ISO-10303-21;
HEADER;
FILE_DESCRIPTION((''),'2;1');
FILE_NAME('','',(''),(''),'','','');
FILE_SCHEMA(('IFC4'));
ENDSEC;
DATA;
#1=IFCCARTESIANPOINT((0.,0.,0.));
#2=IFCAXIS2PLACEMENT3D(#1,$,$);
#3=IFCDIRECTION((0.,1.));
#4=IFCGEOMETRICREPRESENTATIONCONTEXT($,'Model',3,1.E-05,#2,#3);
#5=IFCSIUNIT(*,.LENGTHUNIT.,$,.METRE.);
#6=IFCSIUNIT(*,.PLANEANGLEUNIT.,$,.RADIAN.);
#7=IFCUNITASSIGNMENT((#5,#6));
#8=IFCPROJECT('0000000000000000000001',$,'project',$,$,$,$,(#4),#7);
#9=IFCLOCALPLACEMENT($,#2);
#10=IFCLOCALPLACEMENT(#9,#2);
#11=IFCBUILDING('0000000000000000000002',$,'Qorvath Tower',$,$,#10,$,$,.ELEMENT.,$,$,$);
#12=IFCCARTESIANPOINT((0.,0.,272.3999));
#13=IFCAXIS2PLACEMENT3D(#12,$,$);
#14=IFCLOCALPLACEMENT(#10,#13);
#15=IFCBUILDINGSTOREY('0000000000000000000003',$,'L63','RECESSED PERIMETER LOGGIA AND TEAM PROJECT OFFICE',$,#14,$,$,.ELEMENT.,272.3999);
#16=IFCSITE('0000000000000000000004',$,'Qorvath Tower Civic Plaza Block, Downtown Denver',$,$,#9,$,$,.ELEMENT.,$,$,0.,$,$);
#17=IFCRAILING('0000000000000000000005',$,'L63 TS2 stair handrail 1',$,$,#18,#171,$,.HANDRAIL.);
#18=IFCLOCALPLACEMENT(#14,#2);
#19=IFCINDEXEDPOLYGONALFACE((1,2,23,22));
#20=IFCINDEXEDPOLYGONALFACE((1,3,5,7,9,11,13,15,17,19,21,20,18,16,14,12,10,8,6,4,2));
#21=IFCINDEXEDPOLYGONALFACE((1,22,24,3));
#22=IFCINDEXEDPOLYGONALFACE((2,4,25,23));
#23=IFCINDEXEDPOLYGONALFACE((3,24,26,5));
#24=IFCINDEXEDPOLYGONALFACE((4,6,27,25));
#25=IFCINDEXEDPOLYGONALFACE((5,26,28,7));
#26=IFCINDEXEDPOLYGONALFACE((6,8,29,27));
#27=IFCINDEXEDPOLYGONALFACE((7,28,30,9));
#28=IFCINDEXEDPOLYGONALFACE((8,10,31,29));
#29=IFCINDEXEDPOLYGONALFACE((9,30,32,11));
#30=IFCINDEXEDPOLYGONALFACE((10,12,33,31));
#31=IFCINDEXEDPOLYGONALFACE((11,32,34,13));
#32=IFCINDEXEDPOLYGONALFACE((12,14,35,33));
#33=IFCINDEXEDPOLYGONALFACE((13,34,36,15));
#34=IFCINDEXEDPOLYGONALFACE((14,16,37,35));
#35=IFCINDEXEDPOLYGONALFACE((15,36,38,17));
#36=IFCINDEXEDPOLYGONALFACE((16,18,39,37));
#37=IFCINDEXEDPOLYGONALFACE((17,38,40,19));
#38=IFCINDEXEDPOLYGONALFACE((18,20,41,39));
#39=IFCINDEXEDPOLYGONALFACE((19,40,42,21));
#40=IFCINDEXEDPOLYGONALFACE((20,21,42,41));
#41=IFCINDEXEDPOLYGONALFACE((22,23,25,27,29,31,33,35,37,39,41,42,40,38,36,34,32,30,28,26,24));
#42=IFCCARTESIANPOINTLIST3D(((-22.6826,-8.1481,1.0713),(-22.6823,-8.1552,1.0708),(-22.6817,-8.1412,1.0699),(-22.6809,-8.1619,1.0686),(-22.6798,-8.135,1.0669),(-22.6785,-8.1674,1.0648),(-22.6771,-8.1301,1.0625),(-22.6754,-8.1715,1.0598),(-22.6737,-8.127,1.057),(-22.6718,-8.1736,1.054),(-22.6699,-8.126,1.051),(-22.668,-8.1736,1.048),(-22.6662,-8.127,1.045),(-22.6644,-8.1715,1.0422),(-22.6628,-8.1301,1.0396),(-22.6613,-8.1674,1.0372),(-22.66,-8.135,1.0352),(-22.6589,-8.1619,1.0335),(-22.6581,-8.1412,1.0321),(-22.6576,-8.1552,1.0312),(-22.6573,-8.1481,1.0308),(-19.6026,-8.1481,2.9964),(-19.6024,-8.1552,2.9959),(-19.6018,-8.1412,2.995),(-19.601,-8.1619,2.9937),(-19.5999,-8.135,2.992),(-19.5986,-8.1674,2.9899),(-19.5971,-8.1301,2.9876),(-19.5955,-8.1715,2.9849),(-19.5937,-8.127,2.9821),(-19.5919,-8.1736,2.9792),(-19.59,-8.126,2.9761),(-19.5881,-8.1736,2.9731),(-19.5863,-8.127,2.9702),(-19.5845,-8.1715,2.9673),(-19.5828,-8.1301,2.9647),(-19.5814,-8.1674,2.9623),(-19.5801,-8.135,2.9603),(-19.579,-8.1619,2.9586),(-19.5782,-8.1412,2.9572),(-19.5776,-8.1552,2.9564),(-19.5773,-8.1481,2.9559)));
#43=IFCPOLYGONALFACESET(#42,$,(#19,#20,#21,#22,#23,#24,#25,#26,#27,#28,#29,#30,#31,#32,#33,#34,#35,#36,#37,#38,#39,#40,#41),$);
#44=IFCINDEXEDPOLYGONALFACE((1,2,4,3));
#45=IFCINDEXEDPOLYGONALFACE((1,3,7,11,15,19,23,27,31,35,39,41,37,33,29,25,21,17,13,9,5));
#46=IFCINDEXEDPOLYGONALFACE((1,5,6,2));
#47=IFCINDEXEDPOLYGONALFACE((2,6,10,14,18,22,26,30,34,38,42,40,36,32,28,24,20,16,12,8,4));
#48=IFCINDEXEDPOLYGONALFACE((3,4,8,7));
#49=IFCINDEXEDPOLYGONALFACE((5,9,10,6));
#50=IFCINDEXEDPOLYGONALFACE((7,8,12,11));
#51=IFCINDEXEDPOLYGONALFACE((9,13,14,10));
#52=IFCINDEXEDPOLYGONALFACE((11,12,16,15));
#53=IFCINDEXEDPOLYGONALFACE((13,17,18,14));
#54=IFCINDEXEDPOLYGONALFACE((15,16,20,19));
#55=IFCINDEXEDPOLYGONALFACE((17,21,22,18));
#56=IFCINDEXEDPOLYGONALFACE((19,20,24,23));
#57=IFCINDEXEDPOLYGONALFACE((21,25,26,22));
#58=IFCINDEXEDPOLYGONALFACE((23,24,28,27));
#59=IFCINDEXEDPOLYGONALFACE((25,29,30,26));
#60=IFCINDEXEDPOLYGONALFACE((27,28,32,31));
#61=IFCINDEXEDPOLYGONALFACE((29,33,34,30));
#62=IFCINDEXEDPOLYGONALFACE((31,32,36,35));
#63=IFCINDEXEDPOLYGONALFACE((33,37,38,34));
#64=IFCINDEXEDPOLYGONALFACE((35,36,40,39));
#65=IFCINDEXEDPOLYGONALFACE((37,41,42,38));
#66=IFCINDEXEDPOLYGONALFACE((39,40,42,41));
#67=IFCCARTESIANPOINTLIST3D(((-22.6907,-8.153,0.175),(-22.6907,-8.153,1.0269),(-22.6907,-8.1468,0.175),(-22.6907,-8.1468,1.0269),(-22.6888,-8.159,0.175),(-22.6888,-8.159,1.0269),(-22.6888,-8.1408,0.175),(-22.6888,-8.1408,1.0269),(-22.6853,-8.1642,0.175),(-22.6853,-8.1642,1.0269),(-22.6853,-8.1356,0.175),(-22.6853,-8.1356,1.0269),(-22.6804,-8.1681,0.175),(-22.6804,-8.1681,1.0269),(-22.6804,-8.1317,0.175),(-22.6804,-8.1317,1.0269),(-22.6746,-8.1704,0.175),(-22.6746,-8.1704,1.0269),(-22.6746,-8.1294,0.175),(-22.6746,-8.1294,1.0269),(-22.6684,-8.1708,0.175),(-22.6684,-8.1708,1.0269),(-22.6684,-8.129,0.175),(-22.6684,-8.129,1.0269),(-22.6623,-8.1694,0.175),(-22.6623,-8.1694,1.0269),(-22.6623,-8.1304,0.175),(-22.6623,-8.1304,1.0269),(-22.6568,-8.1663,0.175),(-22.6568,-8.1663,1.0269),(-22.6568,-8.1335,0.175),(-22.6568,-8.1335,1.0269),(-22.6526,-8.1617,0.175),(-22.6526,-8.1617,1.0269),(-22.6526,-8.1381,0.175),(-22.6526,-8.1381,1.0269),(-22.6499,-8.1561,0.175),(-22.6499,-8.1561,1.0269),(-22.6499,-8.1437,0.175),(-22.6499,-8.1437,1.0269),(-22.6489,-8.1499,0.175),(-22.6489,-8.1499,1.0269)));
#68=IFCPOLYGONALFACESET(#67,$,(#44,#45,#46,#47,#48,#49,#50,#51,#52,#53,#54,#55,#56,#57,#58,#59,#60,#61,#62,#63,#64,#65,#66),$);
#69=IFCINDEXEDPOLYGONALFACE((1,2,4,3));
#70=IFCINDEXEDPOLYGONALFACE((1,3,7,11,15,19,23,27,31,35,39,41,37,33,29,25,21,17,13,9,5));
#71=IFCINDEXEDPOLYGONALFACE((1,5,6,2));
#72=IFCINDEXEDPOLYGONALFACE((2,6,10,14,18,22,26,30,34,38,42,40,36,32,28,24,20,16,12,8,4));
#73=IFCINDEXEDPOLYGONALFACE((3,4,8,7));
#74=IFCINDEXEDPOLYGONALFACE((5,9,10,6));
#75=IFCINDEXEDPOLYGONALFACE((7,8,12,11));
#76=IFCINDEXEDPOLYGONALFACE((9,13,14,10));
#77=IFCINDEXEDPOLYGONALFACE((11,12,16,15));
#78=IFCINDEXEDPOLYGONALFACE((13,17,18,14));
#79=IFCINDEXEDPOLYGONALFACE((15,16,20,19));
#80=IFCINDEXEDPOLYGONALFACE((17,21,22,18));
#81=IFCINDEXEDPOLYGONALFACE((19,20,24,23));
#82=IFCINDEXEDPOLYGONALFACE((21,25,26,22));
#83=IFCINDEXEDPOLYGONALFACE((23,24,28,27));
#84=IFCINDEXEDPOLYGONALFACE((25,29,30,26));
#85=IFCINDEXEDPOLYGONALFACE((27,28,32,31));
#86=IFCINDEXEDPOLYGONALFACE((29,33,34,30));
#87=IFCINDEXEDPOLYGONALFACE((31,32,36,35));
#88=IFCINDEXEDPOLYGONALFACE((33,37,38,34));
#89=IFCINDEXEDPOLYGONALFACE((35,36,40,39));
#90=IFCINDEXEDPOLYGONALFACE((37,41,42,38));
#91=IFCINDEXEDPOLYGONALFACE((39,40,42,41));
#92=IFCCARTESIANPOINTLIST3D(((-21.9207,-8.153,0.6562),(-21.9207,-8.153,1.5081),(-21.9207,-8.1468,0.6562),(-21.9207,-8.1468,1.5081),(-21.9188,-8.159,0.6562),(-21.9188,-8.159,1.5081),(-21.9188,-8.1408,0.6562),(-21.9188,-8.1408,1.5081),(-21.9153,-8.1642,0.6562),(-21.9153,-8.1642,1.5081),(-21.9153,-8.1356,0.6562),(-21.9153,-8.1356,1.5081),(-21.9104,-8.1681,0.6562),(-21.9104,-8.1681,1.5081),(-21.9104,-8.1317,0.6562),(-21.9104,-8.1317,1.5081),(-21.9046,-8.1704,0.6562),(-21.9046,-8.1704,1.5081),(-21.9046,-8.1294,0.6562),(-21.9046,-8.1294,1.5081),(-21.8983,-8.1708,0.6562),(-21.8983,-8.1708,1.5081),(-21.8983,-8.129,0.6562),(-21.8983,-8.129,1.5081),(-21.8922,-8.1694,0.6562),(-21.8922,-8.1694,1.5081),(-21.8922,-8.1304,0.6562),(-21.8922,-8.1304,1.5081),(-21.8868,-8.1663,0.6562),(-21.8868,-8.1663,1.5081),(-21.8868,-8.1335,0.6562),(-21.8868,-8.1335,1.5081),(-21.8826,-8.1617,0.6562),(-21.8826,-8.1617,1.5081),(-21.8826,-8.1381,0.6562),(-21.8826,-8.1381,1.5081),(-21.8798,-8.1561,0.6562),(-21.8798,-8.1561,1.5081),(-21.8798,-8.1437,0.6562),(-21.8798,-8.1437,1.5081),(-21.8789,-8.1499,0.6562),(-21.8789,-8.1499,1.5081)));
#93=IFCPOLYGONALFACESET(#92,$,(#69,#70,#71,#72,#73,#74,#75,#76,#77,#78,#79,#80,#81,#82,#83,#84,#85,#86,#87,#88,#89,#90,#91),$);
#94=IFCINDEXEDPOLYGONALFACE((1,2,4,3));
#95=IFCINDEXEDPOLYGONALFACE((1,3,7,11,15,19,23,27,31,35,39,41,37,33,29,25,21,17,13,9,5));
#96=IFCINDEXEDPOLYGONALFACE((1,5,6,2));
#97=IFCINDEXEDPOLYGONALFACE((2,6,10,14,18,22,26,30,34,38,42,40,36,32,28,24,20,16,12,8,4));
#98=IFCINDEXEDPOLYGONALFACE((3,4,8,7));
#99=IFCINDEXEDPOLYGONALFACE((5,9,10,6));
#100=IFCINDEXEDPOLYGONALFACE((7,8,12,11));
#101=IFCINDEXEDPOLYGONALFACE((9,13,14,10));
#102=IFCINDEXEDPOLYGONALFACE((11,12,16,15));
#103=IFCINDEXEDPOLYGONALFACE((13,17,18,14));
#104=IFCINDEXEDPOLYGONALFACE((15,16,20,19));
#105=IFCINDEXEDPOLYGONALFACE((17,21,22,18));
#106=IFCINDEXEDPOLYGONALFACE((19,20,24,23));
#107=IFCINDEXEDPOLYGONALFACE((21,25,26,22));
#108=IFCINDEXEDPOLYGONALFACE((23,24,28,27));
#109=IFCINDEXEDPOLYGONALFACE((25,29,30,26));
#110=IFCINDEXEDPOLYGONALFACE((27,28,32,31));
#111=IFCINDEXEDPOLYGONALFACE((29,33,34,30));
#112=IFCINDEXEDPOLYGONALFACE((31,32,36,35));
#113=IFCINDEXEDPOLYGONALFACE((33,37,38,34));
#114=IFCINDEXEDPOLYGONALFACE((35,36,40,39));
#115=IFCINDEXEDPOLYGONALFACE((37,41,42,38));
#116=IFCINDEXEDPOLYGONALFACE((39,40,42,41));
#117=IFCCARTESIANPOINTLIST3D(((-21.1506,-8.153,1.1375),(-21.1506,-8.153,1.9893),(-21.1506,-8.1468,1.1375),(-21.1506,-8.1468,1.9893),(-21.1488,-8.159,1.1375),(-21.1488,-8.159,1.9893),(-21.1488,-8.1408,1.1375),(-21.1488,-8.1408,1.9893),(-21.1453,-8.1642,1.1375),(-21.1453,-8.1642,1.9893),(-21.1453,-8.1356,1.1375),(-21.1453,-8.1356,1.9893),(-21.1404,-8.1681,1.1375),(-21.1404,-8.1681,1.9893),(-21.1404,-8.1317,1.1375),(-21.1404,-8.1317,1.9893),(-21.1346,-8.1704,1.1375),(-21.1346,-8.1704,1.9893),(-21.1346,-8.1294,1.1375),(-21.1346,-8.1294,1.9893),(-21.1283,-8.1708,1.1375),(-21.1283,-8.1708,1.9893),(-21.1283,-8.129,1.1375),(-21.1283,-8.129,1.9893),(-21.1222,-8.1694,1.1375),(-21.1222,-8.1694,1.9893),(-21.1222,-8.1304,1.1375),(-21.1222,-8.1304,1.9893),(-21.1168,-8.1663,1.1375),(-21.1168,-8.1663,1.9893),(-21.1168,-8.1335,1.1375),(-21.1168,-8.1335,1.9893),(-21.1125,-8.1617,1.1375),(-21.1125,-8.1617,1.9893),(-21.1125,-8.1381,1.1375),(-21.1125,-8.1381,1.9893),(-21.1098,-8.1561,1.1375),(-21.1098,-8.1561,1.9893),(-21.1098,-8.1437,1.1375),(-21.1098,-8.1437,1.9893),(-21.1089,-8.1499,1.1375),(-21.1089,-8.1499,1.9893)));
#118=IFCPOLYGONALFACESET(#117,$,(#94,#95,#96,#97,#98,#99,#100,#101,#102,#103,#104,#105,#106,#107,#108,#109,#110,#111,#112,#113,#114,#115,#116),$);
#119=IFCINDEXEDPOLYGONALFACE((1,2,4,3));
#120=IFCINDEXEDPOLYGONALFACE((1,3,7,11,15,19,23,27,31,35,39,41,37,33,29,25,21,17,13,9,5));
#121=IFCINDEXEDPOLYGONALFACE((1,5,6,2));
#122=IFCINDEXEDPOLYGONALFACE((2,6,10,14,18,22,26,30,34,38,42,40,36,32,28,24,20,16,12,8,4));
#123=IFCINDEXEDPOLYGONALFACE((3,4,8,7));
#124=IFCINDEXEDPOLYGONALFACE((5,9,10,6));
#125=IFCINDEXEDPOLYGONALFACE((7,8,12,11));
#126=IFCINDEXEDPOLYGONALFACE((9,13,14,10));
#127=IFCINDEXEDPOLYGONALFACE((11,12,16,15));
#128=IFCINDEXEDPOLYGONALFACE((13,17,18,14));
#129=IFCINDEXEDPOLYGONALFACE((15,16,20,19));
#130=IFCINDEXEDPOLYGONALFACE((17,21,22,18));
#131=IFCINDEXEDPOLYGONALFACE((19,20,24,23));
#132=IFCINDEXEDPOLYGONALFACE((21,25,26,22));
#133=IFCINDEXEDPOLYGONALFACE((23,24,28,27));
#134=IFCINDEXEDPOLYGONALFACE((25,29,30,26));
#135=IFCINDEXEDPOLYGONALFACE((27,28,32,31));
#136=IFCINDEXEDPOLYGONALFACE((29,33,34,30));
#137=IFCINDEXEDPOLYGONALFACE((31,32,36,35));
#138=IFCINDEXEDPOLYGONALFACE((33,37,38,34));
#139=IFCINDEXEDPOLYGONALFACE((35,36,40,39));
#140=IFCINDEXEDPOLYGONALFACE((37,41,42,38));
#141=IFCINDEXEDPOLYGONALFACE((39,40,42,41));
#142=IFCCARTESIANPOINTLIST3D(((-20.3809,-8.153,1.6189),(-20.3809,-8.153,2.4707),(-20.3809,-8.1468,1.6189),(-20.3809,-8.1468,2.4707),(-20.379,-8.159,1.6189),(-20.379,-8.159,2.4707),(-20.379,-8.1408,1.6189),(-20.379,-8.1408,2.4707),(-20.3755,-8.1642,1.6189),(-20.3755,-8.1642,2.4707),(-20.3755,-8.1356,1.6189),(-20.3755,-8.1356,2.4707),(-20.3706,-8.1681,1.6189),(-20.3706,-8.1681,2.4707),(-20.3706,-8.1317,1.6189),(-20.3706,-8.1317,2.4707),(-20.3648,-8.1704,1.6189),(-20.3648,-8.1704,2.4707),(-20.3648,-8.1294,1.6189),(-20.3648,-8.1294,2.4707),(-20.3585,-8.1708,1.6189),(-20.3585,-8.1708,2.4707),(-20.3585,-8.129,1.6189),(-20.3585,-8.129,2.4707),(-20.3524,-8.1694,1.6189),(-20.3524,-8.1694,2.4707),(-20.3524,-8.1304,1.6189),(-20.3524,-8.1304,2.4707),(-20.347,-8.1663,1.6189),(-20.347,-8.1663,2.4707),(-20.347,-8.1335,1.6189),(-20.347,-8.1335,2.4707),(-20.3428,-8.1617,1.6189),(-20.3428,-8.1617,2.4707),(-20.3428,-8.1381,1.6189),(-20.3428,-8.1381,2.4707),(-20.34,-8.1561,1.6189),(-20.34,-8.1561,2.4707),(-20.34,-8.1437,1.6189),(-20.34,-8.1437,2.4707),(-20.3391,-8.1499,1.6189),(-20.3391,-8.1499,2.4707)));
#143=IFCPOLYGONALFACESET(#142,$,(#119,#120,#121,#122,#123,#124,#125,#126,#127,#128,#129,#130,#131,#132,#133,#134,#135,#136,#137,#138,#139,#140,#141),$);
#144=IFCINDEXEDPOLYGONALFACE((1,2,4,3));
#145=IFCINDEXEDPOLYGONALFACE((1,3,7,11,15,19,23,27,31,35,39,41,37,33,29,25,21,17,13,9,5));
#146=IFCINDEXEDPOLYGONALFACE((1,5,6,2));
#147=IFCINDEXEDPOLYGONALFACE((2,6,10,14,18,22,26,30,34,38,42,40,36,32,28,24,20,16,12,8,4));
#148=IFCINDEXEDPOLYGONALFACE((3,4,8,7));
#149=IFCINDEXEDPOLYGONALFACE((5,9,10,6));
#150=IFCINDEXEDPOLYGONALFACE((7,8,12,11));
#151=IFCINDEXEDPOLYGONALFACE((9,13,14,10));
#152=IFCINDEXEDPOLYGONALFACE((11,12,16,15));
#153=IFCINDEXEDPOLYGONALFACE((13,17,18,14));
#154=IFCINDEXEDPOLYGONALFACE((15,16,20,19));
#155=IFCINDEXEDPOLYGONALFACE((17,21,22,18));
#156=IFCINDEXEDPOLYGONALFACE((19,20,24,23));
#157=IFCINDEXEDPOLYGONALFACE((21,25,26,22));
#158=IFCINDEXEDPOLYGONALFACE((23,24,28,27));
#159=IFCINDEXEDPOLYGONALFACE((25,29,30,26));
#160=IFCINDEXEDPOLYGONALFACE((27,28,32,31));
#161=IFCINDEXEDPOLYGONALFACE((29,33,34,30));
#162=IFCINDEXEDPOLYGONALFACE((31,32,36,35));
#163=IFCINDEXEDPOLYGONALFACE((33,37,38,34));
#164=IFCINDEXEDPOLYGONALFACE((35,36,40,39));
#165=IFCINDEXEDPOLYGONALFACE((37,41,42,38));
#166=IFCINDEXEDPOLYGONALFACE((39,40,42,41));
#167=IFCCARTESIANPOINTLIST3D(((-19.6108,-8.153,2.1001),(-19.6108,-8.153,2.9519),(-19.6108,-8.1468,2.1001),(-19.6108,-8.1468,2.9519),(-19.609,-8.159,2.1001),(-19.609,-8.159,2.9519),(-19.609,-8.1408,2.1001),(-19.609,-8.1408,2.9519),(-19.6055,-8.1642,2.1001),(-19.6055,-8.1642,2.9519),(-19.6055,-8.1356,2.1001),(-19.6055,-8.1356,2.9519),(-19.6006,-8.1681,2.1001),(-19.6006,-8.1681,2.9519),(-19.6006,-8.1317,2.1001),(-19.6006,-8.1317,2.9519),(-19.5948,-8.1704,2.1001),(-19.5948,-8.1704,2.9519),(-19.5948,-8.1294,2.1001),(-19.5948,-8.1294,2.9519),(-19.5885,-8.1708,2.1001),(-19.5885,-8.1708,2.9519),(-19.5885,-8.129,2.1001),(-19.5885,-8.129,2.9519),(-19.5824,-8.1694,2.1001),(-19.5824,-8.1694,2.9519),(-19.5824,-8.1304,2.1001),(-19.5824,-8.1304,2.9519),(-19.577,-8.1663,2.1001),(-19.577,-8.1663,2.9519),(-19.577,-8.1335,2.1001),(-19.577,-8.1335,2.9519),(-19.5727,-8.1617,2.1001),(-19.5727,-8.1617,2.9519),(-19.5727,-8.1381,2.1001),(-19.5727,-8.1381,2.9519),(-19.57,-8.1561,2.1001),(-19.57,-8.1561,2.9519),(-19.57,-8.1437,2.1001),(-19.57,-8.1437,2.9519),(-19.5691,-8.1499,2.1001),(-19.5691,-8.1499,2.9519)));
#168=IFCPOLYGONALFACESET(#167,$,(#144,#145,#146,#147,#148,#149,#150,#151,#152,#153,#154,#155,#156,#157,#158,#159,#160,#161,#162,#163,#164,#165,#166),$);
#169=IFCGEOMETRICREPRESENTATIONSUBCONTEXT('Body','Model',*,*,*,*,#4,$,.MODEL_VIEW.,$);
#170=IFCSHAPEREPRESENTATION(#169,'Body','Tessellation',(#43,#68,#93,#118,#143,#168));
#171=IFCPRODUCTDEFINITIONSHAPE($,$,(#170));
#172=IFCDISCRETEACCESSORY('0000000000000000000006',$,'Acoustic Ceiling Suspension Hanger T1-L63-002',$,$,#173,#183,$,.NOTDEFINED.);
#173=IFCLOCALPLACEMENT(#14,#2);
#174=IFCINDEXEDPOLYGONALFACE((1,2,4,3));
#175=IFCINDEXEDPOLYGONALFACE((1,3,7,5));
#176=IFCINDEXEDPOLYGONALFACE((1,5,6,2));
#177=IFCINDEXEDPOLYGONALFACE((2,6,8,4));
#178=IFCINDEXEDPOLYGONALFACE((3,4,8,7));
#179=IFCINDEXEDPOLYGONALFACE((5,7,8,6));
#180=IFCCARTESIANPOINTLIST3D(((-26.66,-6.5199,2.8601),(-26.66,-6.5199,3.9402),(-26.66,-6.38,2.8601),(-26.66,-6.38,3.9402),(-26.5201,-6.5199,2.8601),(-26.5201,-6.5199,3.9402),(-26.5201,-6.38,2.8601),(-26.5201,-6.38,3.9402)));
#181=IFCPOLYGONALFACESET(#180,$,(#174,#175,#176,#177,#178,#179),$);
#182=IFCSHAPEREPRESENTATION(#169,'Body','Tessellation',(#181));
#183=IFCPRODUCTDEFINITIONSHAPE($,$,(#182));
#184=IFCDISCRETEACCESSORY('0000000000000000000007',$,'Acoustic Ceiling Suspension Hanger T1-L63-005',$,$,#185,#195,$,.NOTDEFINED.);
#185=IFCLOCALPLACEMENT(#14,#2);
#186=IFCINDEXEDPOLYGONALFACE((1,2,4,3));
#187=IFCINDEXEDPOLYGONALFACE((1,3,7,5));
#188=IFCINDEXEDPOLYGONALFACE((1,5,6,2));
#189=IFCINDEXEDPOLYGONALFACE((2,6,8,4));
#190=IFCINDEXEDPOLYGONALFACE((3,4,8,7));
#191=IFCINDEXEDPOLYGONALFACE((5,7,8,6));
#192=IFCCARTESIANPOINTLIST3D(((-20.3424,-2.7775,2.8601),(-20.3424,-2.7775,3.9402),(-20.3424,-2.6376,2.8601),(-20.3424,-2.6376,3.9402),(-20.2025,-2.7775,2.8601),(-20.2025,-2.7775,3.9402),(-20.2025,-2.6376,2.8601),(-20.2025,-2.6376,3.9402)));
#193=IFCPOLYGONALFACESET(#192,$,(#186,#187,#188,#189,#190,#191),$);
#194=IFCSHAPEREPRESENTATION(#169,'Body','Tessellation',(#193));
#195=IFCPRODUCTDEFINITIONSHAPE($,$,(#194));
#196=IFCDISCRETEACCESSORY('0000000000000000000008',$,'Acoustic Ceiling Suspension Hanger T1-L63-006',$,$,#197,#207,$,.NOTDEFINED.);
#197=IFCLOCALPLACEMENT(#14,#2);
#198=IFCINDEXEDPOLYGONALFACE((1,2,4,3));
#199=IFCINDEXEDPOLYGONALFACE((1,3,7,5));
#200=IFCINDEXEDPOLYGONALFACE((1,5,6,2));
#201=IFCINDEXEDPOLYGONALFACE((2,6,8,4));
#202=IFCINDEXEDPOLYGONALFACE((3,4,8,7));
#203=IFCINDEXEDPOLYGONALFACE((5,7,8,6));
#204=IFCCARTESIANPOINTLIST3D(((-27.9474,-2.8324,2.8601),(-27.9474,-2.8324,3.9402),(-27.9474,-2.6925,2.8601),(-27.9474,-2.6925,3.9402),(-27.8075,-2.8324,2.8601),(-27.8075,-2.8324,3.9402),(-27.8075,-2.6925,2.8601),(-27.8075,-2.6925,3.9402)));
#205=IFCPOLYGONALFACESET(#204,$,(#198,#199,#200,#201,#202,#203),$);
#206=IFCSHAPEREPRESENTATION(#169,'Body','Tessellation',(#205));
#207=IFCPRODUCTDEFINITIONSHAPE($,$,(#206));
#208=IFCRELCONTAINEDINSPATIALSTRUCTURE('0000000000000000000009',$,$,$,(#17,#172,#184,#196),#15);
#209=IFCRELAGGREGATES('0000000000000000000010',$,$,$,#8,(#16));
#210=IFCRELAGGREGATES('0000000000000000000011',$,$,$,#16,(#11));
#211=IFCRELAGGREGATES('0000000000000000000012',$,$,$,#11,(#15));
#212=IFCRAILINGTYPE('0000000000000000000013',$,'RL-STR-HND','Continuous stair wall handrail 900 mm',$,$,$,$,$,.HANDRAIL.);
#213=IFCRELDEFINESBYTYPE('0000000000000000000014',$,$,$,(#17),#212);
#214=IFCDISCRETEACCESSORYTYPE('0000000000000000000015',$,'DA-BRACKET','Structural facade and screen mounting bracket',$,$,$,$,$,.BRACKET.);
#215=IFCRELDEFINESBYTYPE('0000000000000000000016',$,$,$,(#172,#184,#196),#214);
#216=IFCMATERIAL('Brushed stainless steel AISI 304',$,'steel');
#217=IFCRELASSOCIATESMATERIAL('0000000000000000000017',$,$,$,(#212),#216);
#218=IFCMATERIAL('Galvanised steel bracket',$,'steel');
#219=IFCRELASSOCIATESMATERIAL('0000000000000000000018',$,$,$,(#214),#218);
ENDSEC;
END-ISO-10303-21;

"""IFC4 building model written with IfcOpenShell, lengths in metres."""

from ifc_helpers import new_model, si_unit, direction, frame, origin, origin_2d, place, context, subcontext, project, spatial, rectangle, circle, extrude, material, type_object, element, save


model = new_model("IFC4")

# Units and contexts
model_context = context("Model", 3, precision=1e-05, world=origin(), true_north=direction((0.0, 1.0)))
body_context = subcontext(model_context, "Body", "Model", "MODEL_VIEW")
ifc_project = project(units=[si_unit("LENGTHUNIT", "METRE"), si_unit("PLANEANGLEUNIT", "RADIAN")], contexts=[model_context])

# Site, building, storey
site_placement = place(None, origin())
site = spatial("IfcSite", under=ifc_project, at=site_placement, Name="Qorvath Tower Civic Plaza Block, Downtown Denver", CompositionType="ELEMENT", RefElevation=0.0)
building_placement = place(site_placement, origin())
building = spatial("IfcBuilding", under=site, at=building_placement, Name="Qorvath Tower", CompositionType="ELEMENT")
storey_placement = place(building_placement, frame((0.0, 0.0, 272.3999)))
storey = spatial("IfcBuildingStorey", under=building, at=storey_placement, Name="L63", Description="RECESSED PERIMETER LOGGIA AND TEAM PROJECT OFFICE", CompositionType="ELEMENT", Elevation=272.3999)

# Railing
ifc_material_1 = material(Name="Brushed stainless steel AISI 304", Category="steel")
railing_type_1 = type_object("IfcRailingType", Name="RL-STR-HND", Description="Continuous stair wall handrail 900 mm", PredefinedType="HANDRAIL", material=ifc_material_1)
railing_1_placement = place(storey_placement, frame((-22.6699, -8.1499, 0.175)))
element("IfcRailing", 1, at=railing_1_placement, inside=storey, type_object=railing_type_1, Name="L63 TS2 stair handrail 1", PredefinedType="HANDRAIL", context=body_context, shape_type="SweptSolid", body=[
    extrude(circle(Radius=0.0239, at=origin_2d()), frame((0.0, 0.0, 0.876), z_axis=(0.847979, 0.0, 0.530029), x_axis=(0.0, 1.0, 0.0)), (0.0, 0.0, 1.0), 3.6321),
    extrude(circle(Radius=0.021, at=origin_2d()), origin(), (0.0, 0.0, 1.0), 0.8518),
    extrude(circle(Radius=0.021, at=origin_2d()), frame((0.77, 0.0, 0.4812)), (0.0, 0.0, 1.0), 0.8518),
    extrude(circle(Radius=0.021, at=origin_2d()), frame((1.54, 0.0, 0.9624)), (0.0, 0.0, 1.0), 0.8518),
    extrude(circle(Radius=0.021, at=origin_2d()), frame((2.3098, 0.0, 1.4438)), (0.0, 0.0, 1.0), 0.8518),
    extrude(circle(Radius=0.021, at=origin_2d()), frame((3.0798, 0.0, 1.925)), (0.0, 0.0, 1.0), 0.8518),
])

# Discrete accessories
ifc_material_2 = material(Name="Galvanised steel bracket", Category="steel")
discrete_accessory_type = type_object("IfcDiscreteAccessoryType", Name="DA-BRACKET", Description="Structural facade and screen mounting bracket", PredefinedType="BRACKET", material=ifc_material_2)
for number, where, z_axis, x_axis, name in (
    (2, (-26.5901, -6.45, 2.8601), (0.0, 0.0, 1.0), (1.0, 0.0, 0.0), "Acoustic Ceiling Suspension Hanger T1-L63-002"),
    (3, (-20.2725, -2.7075, 2.8601), (0.0, 0.0, 1.0), (1.0, 0.0, 0.0), "Acoustic Ceiling Suspension Hanger T1-L63-005"),
    (4, (-27.8774, -2.7625, 2.8601), (0.0, 0.0, 1.0), (1.0, 0.0, 0.0), "Acoustic Ceiling Suspension Hanger T1-L63-006"),
):
    element("IfcDiscreteAccessory", number, at=place(storey_placement, frame(where, z_axis=z_axis, x_axis=x_axis)), inside=storey, type_object=discrete_accessory_type, Name=name, PredefinedType="NOTDEFINED", context=body_context, shape_type="SweptSolid", body=[
        extrude(rectangle(XDim=0.1399, YDim=0.1399, at=origin_2d()), origin(), (0.0, 0.0, 1.0), 1.0801),
    ])

save(model, "model.ifc")
